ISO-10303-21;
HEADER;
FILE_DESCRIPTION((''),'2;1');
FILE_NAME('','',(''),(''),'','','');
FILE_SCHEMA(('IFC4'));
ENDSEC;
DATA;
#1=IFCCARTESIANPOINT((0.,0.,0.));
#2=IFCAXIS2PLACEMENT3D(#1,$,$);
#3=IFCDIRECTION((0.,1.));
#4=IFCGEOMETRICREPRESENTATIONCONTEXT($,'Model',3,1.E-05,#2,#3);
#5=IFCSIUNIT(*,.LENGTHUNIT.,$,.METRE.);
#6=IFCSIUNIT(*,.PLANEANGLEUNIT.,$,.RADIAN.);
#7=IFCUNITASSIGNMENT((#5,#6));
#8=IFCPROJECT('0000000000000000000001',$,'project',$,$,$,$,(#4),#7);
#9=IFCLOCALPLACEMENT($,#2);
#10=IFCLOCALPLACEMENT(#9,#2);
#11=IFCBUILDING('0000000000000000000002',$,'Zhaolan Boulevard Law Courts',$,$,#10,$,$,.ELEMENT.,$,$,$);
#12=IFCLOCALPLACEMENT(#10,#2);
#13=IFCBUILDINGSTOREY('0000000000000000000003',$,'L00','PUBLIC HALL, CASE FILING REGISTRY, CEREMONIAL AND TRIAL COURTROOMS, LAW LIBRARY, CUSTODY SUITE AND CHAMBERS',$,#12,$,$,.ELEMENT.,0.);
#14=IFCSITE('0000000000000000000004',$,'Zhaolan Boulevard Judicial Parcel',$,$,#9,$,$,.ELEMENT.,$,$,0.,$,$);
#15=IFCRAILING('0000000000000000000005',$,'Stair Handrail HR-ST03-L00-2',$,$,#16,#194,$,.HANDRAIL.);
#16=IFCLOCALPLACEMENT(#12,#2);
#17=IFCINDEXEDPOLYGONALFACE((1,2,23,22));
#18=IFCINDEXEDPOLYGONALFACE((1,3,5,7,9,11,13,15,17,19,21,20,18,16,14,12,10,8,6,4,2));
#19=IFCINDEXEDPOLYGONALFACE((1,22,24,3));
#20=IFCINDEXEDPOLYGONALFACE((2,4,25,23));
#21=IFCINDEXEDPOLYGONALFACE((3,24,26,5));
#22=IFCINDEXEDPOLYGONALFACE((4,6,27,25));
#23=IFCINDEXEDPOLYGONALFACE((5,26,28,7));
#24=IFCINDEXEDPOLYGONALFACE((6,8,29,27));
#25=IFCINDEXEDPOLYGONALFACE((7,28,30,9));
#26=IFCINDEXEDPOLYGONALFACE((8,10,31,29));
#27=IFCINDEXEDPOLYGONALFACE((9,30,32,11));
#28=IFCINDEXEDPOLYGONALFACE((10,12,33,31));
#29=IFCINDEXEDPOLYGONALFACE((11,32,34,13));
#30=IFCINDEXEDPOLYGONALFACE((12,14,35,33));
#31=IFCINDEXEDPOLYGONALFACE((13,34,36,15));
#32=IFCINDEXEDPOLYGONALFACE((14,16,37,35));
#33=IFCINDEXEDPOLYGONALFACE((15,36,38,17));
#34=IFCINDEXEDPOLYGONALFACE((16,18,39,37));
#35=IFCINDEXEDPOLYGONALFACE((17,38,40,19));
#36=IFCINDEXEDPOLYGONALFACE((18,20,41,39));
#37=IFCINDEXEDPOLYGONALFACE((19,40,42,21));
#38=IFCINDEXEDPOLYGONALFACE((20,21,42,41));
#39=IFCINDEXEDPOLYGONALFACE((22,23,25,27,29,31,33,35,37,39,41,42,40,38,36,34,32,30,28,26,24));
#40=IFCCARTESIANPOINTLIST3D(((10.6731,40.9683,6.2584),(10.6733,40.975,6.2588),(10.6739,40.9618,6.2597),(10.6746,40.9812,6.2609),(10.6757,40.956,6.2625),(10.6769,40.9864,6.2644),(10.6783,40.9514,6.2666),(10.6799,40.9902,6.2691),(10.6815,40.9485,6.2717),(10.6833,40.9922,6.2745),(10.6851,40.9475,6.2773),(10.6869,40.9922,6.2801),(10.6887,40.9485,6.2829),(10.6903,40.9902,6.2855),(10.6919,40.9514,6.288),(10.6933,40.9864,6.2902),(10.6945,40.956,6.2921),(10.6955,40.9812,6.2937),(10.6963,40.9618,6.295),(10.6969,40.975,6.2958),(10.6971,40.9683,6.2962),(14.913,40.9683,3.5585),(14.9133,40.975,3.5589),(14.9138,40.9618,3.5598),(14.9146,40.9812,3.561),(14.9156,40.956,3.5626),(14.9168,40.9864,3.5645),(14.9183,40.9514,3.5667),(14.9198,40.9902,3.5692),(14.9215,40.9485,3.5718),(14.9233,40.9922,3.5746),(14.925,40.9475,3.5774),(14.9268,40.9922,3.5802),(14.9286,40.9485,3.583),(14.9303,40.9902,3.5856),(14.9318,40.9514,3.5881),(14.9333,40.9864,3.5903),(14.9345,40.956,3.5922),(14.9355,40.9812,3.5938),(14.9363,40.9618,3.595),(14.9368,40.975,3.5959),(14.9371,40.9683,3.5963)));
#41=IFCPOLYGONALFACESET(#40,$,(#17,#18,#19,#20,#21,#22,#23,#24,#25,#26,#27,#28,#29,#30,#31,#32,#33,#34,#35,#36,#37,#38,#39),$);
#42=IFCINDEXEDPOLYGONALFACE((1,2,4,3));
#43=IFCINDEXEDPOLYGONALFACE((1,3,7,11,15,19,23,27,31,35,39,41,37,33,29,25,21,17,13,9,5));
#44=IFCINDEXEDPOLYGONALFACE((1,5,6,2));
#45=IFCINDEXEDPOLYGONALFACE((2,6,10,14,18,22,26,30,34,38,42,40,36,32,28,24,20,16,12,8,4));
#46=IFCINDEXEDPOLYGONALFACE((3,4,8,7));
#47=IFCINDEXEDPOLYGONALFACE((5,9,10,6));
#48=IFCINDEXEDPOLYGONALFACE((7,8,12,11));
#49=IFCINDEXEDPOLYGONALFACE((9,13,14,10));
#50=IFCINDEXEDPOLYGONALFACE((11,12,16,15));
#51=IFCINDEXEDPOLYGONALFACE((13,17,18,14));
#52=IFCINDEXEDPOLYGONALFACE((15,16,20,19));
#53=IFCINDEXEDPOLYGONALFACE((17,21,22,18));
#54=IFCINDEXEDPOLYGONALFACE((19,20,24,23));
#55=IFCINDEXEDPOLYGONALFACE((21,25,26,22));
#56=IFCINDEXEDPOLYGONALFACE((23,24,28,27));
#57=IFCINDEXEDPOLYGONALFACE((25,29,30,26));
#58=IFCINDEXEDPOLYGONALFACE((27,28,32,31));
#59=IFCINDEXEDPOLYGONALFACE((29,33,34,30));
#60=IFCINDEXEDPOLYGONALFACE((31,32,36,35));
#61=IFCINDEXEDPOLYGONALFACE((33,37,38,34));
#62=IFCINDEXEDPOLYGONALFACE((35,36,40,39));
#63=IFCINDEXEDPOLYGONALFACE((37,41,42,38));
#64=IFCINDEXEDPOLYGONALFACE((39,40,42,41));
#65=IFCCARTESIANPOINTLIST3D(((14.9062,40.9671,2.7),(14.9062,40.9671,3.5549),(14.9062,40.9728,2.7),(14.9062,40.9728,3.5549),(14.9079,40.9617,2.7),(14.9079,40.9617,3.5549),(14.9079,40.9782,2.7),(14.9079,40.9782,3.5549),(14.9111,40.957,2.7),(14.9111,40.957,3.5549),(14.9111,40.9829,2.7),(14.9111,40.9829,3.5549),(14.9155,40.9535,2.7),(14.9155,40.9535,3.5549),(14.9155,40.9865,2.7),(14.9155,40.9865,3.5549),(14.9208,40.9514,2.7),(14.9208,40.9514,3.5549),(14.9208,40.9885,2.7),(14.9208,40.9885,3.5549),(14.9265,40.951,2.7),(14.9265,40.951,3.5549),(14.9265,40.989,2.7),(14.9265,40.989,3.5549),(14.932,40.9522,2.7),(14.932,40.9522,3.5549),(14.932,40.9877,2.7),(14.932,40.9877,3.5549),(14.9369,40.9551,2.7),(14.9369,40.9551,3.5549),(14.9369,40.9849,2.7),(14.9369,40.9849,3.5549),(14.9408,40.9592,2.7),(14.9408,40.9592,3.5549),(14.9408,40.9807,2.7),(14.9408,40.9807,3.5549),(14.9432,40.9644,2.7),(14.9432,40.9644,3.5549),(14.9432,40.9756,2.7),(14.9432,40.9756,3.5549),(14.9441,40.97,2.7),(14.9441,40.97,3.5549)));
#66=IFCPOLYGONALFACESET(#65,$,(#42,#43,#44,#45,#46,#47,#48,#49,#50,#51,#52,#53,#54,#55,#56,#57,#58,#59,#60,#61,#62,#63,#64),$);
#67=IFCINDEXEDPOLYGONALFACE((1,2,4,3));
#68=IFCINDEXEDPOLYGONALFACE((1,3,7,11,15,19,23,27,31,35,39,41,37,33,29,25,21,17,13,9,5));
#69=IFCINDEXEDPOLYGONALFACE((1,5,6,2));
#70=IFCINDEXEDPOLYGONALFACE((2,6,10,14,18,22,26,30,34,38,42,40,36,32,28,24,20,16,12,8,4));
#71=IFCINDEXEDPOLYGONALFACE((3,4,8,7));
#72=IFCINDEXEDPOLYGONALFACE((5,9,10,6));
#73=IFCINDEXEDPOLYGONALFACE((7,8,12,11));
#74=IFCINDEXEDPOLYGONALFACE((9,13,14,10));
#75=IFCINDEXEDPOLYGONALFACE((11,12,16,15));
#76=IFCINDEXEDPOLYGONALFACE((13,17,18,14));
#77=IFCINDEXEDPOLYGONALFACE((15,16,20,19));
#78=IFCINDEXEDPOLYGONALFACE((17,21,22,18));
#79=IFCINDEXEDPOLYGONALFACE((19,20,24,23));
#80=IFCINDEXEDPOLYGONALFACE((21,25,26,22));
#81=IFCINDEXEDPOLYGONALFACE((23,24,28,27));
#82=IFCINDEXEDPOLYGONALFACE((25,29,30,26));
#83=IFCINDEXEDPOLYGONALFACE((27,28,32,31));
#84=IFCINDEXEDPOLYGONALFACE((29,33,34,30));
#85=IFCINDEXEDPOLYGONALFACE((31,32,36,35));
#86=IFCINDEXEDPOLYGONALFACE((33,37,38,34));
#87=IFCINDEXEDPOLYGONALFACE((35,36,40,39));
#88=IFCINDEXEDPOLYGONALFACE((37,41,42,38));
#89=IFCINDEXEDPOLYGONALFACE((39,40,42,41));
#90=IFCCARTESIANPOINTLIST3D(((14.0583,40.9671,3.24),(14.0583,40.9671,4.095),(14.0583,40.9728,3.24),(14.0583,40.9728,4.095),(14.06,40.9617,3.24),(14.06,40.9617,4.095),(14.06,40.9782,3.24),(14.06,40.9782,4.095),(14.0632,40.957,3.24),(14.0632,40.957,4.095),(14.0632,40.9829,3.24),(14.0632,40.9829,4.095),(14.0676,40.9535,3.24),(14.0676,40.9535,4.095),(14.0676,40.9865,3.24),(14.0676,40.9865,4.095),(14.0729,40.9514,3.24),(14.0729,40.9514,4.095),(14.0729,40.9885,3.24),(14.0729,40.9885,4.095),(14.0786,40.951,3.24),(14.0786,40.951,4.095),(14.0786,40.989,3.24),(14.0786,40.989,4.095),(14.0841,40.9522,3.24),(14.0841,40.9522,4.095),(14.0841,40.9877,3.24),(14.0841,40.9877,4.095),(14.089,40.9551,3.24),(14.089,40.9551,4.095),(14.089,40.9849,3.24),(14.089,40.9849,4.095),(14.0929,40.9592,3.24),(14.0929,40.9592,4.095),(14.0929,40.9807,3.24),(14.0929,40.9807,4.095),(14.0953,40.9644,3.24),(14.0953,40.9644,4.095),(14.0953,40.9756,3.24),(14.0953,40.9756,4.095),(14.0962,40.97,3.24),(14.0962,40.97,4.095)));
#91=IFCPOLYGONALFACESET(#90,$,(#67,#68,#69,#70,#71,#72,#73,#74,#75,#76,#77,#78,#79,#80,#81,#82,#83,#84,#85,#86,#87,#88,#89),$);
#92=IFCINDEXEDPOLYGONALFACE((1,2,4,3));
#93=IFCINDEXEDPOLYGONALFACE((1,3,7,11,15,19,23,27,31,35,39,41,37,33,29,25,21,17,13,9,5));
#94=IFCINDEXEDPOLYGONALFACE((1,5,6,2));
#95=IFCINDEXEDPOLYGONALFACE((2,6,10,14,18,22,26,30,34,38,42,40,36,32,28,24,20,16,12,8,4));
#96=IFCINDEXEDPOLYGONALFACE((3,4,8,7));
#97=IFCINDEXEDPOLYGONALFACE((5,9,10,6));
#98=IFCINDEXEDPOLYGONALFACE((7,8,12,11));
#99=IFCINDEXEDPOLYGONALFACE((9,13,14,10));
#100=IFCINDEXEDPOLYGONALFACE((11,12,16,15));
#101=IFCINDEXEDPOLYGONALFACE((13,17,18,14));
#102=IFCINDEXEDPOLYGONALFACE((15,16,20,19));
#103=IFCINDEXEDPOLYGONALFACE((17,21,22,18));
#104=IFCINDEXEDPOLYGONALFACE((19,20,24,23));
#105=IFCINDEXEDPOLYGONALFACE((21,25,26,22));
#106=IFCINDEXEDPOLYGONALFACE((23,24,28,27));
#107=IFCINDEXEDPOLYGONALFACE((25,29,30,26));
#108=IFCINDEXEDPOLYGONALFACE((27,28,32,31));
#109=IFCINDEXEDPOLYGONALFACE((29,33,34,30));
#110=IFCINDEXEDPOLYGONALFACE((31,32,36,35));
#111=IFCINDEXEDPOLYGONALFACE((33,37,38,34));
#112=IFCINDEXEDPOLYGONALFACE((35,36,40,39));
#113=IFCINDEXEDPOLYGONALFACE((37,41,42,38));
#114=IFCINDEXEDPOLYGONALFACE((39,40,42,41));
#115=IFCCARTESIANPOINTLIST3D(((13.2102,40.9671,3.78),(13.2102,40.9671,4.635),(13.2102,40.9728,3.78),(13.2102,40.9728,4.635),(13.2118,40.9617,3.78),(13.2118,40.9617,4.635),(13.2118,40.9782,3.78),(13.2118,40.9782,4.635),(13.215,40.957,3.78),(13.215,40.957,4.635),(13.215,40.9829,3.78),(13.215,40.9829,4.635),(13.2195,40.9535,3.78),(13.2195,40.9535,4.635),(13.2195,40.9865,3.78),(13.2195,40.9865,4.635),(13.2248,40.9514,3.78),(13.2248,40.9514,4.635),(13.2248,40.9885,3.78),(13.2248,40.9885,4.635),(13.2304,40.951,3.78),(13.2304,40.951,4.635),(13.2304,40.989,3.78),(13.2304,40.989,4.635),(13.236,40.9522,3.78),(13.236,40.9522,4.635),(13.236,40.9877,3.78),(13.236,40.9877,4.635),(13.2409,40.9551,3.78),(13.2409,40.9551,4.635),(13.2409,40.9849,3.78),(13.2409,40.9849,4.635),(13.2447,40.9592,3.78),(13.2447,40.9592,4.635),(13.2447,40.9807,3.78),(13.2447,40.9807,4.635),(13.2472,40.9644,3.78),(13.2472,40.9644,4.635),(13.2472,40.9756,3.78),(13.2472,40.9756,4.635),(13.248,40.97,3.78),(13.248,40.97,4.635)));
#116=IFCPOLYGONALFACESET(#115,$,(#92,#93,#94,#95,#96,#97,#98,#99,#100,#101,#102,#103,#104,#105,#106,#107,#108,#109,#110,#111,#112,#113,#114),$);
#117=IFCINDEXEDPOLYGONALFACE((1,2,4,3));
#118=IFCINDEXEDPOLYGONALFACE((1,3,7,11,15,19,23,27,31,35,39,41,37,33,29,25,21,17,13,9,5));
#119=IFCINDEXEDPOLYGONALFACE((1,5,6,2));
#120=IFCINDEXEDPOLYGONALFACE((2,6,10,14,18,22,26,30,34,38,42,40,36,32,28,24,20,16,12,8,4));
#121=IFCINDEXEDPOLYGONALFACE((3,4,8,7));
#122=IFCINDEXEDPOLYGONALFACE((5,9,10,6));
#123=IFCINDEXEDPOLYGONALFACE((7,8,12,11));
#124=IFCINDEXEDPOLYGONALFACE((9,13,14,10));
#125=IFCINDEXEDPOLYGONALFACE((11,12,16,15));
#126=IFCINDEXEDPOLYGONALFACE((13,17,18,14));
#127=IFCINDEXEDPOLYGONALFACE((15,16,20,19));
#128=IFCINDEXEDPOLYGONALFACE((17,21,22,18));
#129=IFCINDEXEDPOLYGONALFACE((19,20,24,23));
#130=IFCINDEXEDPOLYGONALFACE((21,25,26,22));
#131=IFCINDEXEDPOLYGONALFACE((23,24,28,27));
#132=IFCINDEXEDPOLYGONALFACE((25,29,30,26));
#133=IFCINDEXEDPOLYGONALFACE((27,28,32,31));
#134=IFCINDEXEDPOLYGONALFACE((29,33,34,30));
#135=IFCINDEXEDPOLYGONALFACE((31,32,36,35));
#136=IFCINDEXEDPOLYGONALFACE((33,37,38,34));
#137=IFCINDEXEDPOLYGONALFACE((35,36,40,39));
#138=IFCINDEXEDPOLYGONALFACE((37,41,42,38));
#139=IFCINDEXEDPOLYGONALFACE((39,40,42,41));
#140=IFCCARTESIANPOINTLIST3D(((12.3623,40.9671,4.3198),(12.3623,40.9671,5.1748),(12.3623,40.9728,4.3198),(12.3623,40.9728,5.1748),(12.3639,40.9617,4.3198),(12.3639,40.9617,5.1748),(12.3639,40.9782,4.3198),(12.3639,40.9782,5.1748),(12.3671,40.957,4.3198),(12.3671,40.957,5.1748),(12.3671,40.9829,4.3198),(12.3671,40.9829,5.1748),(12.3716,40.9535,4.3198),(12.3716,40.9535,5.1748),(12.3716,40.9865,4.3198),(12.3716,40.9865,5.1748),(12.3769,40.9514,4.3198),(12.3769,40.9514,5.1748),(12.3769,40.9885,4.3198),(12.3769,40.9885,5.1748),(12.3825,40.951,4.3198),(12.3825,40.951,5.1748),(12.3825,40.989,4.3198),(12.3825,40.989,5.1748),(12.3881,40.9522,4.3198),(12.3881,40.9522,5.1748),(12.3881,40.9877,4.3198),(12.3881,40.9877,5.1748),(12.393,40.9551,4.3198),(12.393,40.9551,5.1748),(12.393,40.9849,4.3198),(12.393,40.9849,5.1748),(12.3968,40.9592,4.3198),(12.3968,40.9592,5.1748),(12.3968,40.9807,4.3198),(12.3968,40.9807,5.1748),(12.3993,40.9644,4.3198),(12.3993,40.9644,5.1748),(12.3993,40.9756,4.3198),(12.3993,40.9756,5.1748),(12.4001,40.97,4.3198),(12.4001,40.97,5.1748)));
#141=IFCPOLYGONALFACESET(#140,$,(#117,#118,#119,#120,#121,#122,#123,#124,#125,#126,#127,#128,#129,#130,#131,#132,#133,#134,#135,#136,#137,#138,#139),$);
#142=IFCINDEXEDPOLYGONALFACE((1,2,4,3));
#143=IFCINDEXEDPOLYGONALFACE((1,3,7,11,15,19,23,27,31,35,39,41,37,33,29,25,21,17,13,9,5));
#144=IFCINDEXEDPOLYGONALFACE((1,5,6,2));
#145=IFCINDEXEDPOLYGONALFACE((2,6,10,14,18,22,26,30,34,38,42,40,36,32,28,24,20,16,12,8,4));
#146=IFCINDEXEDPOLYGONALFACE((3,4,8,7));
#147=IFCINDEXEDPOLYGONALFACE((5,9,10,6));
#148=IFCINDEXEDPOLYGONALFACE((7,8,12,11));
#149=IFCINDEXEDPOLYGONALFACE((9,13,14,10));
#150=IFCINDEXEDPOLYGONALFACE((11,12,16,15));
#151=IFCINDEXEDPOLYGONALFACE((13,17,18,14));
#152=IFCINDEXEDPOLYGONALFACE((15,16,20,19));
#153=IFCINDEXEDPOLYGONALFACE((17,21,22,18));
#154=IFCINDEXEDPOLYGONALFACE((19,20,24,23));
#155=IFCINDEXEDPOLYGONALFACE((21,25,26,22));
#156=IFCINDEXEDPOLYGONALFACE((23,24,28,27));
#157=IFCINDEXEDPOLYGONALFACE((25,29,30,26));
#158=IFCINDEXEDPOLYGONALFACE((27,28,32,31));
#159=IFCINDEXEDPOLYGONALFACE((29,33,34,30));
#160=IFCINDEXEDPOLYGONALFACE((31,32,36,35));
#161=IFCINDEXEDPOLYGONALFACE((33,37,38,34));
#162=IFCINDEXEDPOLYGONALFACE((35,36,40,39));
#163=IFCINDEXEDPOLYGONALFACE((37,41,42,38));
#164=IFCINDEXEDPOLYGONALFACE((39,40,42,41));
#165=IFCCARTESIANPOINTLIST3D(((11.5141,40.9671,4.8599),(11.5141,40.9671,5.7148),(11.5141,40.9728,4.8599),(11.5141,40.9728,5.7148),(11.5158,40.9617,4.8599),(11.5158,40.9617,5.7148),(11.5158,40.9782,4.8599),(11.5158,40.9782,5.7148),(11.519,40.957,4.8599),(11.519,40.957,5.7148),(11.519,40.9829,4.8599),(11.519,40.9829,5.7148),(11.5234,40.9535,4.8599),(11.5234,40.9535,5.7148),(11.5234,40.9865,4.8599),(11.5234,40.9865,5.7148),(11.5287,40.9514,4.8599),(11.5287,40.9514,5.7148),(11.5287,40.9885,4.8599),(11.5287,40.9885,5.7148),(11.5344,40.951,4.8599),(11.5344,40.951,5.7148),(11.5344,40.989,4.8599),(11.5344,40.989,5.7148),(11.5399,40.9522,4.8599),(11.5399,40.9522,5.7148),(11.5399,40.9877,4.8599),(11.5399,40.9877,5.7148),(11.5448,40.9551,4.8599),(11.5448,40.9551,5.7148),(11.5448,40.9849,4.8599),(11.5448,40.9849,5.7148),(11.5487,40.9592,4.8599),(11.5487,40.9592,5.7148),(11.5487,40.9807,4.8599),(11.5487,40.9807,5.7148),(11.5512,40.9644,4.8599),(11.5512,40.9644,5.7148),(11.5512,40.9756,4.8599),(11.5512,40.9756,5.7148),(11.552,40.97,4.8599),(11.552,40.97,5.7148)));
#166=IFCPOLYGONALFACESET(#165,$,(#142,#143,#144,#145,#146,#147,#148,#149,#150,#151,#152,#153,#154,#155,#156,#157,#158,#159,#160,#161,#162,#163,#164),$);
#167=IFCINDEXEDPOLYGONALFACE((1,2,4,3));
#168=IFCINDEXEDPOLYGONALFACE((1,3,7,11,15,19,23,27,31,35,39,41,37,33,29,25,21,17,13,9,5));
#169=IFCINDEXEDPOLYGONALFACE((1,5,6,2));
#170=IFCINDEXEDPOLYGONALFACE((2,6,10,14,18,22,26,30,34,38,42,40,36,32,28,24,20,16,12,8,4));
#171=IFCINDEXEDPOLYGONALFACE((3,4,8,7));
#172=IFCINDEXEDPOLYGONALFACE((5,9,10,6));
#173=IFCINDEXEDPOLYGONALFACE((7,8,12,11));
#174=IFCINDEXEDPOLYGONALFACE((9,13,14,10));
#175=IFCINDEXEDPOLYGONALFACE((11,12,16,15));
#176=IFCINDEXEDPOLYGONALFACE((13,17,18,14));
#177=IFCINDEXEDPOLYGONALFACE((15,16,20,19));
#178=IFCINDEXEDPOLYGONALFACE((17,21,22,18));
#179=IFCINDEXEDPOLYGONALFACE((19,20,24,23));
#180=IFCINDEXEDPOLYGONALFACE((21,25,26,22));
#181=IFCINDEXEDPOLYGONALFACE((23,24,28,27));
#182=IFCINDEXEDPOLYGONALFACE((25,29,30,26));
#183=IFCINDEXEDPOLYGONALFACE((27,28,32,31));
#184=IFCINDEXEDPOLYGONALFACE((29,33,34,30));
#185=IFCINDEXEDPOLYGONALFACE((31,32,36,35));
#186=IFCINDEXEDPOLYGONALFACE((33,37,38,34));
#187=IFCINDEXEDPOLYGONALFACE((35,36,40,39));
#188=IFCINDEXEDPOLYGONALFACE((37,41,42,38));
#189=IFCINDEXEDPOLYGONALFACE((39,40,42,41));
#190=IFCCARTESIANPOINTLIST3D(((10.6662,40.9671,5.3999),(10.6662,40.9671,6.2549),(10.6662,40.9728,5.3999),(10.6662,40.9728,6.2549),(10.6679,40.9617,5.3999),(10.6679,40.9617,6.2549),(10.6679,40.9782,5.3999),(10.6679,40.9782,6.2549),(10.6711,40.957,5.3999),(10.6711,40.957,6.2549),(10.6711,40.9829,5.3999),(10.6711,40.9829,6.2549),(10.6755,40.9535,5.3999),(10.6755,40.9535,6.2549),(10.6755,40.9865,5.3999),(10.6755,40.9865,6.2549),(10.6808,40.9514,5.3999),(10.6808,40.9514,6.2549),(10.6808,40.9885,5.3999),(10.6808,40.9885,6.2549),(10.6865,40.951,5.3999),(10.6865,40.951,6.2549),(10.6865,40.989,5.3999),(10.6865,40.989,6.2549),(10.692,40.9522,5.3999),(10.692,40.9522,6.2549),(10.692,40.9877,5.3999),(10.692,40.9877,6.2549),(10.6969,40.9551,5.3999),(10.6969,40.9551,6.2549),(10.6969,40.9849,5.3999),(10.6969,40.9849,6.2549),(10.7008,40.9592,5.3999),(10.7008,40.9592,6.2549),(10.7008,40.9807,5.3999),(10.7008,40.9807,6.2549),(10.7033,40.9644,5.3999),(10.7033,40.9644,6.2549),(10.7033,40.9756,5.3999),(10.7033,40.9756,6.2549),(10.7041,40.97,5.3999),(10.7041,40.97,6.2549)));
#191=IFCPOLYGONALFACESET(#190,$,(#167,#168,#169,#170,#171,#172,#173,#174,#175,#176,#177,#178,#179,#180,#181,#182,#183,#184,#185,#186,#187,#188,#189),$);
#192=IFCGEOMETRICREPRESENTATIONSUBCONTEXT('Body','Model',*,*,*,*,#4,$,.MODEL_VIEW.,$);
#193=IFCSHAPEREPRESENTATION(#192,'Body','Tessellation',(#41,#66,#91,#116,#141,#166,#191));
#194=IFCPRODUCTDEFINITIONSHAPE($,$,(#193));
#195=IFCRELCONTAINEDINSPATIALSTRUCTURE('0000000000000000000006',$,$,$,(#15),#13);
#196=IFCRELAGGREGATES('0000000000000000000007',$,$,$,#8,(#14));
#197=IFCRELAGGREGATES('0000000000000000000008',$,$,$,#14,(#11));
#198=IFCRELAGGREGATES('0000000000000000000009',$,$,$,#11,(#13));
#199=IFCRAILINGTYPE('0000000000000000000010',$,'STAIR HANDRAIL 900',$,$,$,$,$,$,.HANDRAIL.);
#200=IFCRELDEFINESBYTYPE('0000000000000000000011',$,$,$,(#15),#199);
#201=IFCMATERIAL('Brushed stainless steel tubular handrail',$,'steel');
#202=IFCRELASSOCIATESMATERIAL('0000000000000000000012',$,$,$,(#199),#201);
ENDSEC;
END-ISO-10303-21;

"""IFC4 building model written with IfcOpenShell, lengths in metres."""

from ifc_helpers import new_model, si_unit, direction, frame, origin, origin_2d, place, context, subcontext, project, spatial, circle, extrude, material, type_object, element, save


model = new_model("IFC4")

# Units and contexts
model_context = context("Model", 3, precision=1e-05, world=origin(), true_north=direction((0.0, 1.0)))
body_context = subcontext(model_context, "Body", "Model", "MODEL_VIEW")
ifc_project = project(units=[si_unit("LENGTHUNIT", "METRE"), si_unit("PLANEANGLEUNIT", "RADIAN")], contexts=[model_context])

# Site, building, storey
site_placement = place(None, origin())
site = spatial("IfcSite", under=ifc_project, at=site_placement, Name="Zhaolan Boulevard Judicial Parcel", CompositionType="ELEMENT", RefElevation=0.0)
building_placement = place(site_placement, origin())
building = spatial("IfcBuilding", under=site, at=building_placement, Name="Zhaolan Boulevard Law Courts", CompositionType="ELEMENT")
storey_placement = place(building_placement, origin())
storey = spatial("IfcBuildingStorey", under=building, at=storey_placement, Name="L00", Description="PUBLIC HALL, CASE FILING REGISTRY, CEREMONIAL AND TRIAL COURTROOMS, LAW LIBRARY, CUSTODY SUITE AND CHAMBERS", CompositionType="ELEMENT", Elevation=0.0)

# Railing
ifc_material_1 = material(Name="Brushed stainless steel tubular handrail", Category="steel")
railing_type_1 = type_object("IfcRailingType", Name="STAIR HANDRAIL 900", PredefinedType="HANDRAIL", material=ifc_material_1)
railing_1_placement = place(storey_placement, frame((14.925, 40.97, 2.7)))
element("IfcRailing", 1, at=railing_1_placement, inside=storey, type_object=railing_type_1, Name="Stair Handrail HR-ST03-L00-2", PredefinedType="HANDRAIL", context=body_context, shape_type="SweptSolid", body=[
    extrude(circle(Radius=0.0225, at=origin_2d()), frame((0.0, 0.0, 0.8774), z_axis=(-0.843501, 0.0, 0.537127), x_axis=(0.0, -1.0, 0.0)), (0.0, 0.0, 1.0), 5.0266),
    extrude(circle(Radius=0.019, at=origin_2d()), origin(), (0.0, 0.0, 1.0), 0.855),
    extrude(circle(Radius=0.019, at=origin_2d()), frame((-0.8479, 0.0, 0.54)), (0.0, 0.0, 1.0), 0.855),
    extrude(circle(Radius=0.019, at=origin_2d()), frame((-1.696, 0.0, 1.0801)), (0.0, 0.0, 1.0), 0.855),
    extrude(circle(Radius=0.019, at=origin_2d()), frame((-2.5439, 0.0, 1.6199)), (0.0, 0.0, 1.0), 0.855),
    extrude(circle(Radius=0.019, at=origin_2d()), frame((-3.3921, 0.0, 2.1599)), (0.0, 0.0, 1.0), 0.855),
    extrude(circle(Radius=0.019, at=origin_2d()), frame((-4.24, 0.0, 2.7)), (0.0, 0.0, 1.0), 0.855),
])

save(model, "model.ifc")
